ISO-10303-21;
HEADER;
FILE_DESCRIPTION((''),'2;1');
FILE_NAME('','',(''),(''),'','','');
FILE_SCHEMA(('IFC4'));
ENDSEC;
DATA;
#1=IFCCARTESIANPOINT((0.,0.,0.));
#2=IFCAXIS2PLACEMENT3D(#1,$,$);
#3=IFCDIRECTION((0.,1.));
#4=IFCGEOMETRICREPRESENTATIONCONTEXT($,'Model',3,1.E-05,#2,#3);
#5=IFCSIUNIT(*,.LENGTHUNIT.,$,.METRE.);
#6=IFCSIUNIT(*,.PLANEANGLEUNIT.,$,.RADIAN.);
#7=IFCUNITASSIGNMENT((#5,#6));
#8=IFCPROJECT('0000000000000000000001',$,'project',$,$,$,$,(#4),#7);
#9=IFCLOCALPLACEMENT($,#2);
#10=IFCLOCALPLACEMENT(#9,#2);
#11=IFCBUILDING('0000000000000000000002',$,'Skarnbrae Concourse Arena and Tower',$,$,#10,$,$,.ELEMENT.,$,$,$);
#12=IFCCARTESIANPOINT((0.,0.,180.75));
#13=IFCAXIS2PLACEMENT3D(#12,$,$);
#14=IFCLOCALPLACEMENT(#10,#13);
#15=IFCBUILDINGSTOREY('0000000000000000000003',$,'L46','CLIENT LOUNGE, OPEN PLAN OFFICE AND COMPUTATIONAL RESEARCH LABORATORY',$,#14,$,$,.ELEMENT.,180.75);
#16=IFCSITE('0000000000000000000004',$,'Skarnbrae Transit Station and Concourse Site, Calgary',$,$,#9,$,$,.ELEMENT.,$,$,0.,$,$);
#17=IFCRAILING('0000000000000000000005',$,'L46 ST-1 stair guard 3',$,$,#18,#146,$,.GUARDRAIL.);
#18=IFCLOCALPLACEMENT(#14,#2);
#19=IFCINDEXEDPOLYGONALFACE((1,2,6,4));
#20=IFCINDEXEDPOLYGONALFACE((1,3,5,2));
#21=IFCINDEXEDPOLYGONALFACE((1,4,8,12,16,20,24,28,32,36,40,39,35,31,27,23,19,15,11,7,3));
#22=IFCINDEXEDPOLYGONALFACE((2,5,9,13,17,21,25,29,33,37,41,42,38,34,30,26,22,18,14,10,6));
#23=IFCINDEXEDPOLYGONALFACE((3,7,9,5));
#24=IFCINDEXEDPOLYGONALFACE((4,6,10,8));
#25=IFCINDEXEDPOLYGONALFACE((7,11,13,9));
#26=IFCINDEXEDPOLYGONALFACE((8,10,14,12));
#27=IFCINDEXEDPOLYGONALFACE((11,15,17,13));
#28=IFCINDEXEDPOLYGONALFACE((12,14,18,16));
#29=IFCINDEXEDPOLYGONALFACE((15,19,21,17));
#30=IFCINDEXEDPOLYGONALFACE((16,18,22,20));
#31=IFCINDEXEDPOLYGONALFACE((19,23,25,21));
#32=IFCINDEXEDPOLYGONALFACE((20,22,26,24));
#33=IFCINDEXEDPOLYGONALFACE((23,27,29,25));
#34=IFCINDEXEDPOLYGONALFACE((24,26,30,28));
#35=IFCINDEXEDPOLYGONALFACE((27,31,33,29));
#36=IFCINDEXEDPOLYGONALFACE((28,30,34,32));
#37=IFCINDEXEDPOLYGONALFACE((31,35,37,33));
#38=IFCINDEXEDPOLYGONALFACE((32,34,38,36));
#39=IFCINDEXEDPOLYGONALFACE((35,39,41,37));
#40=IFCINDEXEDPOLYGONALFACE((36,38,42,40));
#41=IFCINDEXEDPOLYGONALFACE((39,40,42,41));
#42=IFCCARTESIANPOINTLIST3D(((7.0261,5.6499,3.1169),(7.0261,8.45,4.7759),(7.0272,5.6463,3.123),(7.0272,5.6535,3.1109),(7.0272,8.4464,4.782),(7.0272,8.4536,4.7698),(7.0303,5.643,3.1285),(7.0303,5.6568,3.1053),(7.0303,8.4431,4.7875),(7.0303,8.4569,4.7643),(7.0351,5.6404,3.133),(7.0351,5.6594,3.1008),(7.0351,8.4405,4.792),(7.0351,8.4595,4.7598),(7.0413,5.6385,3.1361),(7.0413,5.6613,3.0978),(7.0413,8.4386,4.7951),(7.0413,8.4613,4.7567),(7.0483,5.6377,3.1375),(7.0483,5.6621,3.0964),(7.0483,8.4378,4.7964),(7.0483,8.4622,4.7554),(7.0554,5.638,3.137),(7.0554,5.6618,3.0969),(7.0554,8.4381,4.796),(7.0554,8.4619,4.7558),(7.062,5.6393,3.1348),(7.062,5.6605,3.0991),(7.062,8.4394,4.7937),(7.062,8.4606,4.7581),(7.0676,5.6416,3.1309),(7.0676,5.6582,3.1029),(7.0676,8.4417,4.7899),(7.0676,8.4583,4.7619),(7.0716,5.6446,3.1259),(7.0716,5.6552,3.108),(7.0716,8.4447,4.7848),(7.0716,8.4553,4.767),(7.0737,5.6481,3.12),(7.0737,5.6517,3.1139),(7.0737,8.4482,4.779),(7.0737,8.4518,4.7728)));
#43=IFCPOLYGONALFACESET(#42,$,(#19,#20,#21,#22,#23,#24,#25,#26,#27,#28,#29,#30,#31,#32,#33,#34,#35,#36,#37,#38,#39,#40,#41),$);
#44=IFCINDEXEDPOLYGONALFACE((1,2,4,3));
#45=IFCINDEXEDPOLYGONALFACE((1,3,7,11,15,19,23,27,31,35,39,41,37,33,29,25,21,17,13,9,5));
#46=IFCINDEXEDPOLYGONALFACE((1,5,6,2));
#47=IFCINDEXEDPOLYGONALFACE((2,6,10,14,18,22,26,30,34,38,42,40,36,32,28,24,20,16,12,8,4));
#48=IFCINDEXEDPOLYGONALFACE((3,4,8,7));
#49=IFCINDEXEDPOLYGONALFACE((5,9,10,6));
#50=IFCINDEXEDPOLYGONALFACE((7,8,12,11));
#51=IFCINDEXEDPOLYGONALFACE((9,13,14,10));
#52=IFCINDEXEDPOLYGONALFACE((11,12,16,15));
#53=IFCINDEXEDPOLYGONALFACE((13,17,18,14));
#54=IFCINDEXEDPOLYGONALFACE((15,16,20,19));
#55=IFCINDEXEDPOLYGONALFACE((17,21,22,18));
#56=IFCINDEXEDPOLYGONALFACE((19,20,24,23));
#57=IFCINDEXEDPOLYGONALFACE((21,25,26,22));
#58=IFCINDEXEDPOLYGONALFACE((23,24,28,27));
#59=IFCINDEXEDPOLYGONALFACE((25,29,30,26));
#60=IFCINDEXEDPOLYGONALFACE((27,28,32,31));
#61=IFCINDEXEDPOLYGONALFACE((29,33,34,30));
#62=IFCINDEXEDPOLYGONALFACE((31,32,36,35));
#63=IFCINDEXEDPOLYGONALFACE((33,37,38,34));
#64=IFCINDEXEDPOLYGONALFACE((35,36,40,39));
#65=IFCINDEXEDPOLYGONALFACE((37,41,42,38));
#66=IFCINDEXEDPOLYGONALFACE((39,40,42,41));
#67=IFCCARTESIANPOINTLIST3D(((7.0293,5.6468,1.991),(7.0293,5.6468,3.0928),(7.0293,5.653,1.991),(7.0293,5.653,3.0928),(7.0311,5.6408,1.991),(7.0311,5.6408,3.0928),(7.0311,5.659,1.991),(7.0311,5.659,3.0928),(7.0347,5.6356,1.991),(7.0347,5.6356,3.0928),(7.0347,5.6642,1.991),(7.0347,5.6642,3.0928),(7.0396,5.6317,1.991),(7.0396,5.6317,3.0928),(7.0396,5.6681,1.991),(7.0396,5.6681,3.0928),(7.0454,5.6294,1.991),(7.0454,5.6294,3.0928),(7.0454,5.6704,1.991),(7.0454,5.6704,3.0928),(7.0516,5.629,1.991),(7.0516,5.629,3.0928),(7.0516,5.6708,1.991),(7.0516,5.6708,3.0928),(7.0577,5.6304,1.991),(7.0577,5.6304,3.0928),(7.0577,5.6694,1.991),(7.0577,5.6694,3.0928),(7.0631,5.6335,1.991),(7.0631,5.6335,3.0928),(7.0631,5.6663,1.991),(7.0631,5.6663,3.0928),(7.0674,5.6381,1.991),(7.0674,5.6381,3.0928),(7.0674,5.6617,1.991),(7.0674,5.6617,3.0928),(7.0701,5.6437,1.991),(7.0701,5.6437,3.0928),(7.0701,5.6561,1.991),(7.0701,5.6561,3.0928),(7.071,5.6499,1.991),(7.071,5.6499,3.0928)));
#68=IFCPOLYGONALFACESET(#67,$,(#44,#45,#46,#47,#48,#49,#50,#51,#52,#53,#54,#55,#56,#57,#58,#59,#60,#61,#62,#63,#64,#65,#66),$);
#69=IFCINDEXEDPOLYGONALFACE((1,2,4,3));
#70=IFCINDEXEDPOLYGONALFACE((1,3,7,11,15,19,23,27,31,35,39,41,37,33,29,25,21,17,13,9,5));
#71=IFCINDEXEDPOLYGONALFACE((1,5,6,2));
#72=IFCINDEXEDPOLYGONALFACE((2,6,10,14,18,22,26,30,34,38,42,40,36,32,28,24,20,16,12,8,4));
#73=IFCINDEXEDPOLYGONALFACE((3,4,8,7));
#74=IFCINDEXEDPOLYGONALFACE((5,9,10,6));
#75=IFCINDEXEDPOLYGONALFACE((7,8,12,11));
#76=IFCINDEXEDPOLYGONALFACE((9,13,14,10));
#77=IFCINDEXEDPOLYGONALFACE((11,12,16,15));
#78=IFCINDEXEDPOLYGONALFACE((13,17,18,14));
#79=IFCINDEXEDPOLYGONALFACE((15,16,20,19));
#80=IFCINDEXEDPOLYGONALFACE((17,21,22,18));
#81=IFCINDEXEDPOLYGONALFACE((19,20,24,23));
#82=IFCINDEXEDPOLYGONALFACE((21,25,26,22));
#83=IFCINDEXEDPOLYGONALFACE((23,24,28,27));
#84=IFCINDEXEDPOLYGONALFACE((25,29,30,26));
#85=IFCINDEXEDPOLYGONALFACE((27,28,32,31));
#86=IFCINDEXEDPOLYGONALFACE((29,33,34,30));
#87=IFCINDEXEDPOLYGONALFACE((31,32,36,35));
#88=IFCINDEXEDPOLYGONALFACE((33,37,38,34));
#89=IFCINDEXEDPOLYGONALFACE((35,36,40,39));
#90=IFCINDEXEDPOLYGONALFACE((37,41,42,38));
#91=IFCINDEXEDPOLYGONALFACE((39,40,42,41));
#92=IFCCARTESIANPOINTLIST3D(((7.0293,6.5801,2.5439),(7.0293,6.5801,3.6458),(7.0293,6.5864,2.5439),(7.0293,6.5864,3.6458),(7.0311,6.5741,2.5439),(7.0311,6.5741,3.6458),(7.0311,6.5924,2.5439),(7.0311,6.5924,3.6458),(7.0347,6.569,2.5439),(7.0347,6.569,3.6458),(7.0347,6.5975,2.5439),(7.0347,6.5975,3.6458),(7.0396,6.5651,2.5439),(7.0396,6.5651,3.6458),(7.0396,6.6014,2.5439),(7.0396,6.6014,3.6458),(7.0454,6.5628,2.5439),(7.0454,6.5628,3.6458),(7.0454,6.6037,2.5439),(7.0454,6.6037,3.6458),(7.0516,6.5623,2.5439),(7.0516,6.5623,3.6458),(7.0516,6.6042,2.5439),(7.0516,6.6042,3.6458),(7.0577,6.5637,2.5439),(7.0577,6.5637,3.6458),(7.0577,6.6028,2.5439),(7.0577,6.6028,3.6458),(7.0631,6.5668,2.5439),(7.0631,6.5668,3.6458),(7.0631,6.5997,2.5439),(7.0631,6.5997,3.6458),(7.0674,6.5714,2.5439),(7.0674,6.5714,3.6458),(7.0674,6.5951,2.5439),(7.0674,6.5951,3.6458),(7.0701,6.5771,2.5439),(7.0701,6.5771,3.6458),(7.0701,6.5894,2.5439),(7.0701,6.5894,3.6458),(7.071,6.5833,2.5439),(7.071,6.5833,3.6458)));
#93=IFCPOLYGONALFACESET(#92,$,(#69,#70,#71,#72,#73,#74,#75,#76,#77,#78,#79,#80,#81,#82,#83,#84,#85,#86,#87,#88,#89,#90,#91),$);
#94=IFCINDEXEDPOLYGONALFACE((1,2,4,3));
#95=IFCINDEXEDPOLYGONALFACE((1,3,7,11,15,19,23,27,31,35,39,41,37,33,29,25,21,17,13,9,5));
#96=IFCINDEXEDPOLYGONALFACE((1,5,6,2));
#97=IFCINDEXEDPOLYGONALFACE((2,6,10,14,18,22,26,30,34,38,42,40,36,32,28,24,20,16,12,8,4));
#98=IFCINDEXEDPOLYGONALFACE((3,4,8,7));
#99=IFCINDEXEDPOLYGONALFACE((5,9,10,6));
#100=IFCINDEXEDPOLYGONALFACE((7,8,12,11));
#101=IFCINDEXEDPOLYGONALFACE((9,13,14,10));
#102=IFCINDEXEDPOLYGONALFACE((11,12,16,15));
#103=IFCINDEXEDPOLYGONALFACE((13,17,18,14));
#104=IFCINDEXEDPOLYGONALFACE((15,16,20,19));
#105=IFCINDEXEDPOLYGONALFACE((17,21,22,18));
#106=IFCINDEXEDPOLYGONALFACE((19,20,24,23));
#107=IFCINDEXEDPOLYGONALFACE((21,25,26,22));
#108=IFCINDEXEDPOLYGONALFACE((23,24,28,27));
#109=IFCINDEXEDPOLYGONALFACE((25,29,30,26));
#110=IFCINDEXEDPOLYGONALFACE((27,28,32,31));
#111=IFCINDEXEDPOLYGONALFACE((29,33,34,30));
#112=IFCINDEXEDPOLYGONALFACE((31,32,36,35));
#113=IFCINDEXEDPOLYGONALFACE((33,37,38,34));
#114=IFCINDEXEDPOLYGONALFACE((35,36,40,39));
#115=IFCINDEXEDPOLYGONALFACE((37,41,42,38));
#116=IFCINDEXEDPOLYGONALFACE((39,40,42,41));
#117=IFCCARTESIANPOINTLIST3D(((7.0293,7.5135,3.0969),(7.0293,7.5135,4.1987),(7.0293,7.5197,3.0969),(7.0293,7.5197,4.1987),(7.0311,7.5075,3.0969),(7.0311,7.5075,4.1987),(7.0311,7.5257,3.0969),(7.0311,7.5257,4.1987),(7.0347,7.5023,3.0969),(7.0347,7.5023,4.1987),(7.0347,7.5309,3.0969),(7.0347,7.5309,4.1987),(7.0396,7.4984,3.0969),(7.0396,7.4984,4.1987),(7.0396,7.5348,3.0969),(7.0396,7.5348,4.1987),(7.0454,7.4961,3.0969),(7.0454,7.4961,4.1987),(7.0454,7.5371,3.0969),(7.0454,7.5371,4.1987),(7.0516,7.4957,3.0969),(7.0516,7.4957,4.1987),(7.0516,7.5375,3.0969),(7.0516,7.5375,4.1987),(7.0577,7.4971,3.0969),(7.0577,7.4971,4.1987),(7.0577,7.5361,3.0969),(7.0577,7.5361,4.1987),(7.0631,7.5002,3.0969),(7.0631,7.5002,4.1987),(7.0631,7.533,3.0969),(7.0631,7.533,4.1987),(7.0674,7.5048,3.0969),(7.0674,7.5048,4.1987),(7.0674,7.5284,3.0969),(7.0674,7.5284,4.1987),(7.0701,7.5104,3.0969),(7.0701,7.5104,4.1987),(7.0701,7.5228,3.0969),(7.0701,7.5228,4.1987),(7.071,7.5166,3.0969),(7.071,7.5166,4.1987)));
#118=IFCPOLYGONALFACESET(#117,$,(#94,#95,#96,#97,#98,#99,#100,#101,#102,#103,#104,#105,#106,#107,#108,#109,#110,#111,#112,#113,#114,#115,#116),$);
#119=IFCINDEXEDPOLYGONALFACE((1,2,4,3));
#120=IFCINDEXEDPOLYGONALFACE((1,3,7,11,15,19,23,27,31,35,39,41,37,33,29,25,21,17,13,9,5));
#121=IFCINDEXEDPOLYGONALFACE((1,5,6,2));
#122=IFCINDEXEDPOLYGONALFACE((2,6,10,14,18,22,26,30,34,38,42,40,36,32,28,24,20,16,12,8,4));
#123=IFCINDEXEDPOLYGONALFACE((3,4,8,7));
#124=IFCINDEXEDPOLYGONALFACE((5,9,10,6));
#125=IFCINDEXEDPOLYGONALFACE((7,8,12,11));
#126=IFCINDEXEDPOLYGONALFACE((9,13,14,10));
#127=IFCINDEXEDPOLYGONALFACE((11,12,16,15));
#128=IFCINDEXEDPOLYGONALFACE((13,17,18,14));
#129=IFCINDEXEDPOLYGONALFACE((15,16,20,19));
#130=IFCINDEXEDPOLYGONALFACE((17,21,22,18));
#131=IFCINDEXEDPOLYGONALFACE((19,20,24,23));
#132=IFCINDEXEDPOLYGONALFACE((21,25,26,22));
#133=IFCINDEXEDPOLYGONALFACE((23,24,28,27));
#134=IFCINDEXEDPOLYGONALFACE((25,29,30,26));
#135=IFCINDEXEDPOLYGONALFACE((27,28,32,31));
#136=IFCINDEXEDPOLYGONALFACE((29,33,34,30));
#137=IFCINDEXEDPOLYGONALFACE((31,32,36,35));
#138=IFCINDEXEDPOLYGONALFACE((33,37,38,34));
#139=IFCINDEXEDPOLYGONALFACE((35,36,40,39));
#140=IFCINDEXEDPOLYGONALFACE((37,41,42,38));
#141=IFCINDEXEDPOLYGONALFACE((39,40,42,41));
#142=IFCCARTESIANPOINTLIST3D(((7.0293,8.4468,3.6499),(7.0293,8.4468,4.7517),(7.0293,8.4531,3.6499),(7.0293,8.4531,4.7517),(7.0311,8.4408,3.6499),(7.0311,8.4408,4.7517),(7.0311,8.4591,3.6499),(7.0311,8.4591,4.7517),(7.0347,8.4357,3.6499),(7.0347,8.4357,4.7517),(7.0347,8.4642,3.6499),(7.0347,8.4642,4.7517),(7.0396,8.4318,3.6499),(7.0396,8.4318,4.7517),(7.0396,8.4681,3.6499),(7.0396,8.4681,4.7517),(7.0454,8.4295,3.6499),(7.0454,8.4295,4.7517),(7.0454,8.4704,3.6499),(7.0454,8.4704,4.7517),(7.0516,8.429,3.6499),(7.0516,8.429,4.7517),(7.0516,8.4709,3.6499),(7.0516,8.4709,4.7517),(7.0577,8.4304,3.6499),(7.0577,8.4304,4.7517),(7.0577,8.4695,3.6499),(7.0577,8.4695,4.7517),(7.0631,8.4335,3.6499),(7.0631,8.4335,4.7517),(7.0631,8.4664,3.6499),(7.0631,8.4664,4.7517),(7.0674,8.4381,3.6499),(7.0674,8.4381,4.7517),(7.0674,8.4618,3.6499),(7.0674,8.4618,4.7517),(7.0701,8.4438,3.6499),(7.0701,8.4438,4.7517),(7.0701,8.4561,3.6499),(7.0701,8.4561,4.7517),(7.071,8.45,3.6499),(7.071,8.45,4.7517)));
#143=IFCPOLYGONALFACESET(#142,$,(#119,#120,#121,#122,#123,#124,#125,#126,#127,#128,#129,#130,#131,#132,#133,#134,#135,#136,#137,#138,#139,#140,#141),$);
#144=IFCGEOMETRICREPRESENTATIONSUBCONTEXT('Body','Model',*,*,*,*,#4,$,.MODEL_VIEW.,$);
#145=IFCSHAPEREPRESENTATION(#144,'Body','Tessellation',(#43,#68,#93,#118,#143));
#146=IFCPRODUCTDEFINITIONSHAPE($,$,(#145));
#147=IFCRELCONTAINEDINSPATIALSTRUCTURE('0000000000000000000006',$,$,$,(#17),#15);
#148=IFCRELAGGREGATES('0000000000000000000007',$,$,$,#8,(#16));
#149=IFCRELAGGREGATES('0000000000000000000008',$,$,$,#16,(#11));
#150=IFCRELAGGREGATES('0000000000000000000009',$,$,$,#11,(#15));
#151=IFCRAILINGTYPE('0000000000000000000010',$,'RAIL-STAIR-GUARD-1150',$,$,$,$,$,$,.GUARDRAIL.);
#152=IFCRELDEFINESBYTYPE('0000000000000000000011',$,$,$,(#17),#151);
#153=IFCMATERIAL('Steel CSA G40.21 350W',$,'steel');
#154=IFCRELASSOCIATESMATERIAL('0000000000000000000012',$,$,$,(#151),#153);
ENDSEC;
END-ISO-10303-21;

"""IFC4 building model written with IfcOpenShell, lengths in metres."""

from ifc_helpers import new_model, si_unit, direction, frame, origin, origin_2d, place, context, subcontext, project, spatial, circle, extrude, material, type_object, element, save


model = new_model("IFC4")

# Units and contexts
model_context = context("Model", 3, precision=1e-05, world=origin(), true_north=direction((0.0, 1.0)))
body_context = subcontext(model_context, "Body", "Model", "MODEL_VIEW")
ifc_project = project(units=[si_unit("LENGTHUNIT", "METRE"), si_unit("PLANEANGLEUNIT", "RADIAN")], contexts=[model_context])

# Site, building, storey
site_placement = place(None, origin())
site = spatial("IfcSite", under=ifc_project, at=site_placement, Name="Skarnbrae Transit Station and Concourse Site, Calgary", CompositionType="ELEMENT", RefElevation=0.0)
building_placement = place(site_placement, origin())
building = spatial("IfcBuilding", under=site, at=building_placement, Name="Skarnbrae Concourse Arena and Tower", CompositionType="ELEMENT")
storey_placement = place(building_placement, frame((0.0, 0.0, 180.75)))
storey = spatial("IfcBuildingStorey", under=building, at=storey_placement, Name="L46", Description="CLIENT LOUNGE, OPEN PLAN OFFICE AND COMPUTATIONAL RESEARCH LABORATORY", CompositionType="ELEMENT", Elevation=180.75)

# Shared definitions
ifc_material_1 = material(Name="Steel CSA G40.21 350W", Category="steel")

# Railing
railing_type_1 = type_object("IfcRailingType", Name="RAIL-STAIR-GUARD-1150", PredefinedType="GUARDRAIL", material=ifc_material_1)
railing_1_placement = place(storey_placement, frame((7.05, 5.6499, 1.991)))
element("IfcRailing", 1, at=railing_1_placement, inside=storey, type_object=railing_type_1, Name="L46 ST-1 stair guard 3", PredefinedType="GUARDRAIL", context=body_context, shape_type="SweptSolid", body=[
    extrude(circle(Radius=0.0239, at=origin_2d()), frame((0.0, 0.0, 1.126), z_axis=(0.0, 0.860339, 0.509722), x_axis=(-1.0, 0.0, 0.0)), (0.0, 0.0, 1.0), 3.2546),
    extrude(circle(Radius=0.021, at=origin_2d()), origin(), (0.0, 0.0, 1.0), 1.1018),
    extrude(circle(Radius=0.021, at=origin_2d()), frame((0.0, 0.9333, 0.553)), (0.0, 0.0, 1.0), 1.1018),
    extrude(circle(Radius=0.021, at=origin_2d()), frame((0.0, 1.8667, 1.106)), (0.0, 0.0, 1.0), 1.1018),
    extrude(circle(Radius=0.021, at=origin_2d()), frame((0.0, 2.8, 1.6589)), (0.0, 0.0, 1.0), 1.1018),
])

save(model, "model.ifc")
